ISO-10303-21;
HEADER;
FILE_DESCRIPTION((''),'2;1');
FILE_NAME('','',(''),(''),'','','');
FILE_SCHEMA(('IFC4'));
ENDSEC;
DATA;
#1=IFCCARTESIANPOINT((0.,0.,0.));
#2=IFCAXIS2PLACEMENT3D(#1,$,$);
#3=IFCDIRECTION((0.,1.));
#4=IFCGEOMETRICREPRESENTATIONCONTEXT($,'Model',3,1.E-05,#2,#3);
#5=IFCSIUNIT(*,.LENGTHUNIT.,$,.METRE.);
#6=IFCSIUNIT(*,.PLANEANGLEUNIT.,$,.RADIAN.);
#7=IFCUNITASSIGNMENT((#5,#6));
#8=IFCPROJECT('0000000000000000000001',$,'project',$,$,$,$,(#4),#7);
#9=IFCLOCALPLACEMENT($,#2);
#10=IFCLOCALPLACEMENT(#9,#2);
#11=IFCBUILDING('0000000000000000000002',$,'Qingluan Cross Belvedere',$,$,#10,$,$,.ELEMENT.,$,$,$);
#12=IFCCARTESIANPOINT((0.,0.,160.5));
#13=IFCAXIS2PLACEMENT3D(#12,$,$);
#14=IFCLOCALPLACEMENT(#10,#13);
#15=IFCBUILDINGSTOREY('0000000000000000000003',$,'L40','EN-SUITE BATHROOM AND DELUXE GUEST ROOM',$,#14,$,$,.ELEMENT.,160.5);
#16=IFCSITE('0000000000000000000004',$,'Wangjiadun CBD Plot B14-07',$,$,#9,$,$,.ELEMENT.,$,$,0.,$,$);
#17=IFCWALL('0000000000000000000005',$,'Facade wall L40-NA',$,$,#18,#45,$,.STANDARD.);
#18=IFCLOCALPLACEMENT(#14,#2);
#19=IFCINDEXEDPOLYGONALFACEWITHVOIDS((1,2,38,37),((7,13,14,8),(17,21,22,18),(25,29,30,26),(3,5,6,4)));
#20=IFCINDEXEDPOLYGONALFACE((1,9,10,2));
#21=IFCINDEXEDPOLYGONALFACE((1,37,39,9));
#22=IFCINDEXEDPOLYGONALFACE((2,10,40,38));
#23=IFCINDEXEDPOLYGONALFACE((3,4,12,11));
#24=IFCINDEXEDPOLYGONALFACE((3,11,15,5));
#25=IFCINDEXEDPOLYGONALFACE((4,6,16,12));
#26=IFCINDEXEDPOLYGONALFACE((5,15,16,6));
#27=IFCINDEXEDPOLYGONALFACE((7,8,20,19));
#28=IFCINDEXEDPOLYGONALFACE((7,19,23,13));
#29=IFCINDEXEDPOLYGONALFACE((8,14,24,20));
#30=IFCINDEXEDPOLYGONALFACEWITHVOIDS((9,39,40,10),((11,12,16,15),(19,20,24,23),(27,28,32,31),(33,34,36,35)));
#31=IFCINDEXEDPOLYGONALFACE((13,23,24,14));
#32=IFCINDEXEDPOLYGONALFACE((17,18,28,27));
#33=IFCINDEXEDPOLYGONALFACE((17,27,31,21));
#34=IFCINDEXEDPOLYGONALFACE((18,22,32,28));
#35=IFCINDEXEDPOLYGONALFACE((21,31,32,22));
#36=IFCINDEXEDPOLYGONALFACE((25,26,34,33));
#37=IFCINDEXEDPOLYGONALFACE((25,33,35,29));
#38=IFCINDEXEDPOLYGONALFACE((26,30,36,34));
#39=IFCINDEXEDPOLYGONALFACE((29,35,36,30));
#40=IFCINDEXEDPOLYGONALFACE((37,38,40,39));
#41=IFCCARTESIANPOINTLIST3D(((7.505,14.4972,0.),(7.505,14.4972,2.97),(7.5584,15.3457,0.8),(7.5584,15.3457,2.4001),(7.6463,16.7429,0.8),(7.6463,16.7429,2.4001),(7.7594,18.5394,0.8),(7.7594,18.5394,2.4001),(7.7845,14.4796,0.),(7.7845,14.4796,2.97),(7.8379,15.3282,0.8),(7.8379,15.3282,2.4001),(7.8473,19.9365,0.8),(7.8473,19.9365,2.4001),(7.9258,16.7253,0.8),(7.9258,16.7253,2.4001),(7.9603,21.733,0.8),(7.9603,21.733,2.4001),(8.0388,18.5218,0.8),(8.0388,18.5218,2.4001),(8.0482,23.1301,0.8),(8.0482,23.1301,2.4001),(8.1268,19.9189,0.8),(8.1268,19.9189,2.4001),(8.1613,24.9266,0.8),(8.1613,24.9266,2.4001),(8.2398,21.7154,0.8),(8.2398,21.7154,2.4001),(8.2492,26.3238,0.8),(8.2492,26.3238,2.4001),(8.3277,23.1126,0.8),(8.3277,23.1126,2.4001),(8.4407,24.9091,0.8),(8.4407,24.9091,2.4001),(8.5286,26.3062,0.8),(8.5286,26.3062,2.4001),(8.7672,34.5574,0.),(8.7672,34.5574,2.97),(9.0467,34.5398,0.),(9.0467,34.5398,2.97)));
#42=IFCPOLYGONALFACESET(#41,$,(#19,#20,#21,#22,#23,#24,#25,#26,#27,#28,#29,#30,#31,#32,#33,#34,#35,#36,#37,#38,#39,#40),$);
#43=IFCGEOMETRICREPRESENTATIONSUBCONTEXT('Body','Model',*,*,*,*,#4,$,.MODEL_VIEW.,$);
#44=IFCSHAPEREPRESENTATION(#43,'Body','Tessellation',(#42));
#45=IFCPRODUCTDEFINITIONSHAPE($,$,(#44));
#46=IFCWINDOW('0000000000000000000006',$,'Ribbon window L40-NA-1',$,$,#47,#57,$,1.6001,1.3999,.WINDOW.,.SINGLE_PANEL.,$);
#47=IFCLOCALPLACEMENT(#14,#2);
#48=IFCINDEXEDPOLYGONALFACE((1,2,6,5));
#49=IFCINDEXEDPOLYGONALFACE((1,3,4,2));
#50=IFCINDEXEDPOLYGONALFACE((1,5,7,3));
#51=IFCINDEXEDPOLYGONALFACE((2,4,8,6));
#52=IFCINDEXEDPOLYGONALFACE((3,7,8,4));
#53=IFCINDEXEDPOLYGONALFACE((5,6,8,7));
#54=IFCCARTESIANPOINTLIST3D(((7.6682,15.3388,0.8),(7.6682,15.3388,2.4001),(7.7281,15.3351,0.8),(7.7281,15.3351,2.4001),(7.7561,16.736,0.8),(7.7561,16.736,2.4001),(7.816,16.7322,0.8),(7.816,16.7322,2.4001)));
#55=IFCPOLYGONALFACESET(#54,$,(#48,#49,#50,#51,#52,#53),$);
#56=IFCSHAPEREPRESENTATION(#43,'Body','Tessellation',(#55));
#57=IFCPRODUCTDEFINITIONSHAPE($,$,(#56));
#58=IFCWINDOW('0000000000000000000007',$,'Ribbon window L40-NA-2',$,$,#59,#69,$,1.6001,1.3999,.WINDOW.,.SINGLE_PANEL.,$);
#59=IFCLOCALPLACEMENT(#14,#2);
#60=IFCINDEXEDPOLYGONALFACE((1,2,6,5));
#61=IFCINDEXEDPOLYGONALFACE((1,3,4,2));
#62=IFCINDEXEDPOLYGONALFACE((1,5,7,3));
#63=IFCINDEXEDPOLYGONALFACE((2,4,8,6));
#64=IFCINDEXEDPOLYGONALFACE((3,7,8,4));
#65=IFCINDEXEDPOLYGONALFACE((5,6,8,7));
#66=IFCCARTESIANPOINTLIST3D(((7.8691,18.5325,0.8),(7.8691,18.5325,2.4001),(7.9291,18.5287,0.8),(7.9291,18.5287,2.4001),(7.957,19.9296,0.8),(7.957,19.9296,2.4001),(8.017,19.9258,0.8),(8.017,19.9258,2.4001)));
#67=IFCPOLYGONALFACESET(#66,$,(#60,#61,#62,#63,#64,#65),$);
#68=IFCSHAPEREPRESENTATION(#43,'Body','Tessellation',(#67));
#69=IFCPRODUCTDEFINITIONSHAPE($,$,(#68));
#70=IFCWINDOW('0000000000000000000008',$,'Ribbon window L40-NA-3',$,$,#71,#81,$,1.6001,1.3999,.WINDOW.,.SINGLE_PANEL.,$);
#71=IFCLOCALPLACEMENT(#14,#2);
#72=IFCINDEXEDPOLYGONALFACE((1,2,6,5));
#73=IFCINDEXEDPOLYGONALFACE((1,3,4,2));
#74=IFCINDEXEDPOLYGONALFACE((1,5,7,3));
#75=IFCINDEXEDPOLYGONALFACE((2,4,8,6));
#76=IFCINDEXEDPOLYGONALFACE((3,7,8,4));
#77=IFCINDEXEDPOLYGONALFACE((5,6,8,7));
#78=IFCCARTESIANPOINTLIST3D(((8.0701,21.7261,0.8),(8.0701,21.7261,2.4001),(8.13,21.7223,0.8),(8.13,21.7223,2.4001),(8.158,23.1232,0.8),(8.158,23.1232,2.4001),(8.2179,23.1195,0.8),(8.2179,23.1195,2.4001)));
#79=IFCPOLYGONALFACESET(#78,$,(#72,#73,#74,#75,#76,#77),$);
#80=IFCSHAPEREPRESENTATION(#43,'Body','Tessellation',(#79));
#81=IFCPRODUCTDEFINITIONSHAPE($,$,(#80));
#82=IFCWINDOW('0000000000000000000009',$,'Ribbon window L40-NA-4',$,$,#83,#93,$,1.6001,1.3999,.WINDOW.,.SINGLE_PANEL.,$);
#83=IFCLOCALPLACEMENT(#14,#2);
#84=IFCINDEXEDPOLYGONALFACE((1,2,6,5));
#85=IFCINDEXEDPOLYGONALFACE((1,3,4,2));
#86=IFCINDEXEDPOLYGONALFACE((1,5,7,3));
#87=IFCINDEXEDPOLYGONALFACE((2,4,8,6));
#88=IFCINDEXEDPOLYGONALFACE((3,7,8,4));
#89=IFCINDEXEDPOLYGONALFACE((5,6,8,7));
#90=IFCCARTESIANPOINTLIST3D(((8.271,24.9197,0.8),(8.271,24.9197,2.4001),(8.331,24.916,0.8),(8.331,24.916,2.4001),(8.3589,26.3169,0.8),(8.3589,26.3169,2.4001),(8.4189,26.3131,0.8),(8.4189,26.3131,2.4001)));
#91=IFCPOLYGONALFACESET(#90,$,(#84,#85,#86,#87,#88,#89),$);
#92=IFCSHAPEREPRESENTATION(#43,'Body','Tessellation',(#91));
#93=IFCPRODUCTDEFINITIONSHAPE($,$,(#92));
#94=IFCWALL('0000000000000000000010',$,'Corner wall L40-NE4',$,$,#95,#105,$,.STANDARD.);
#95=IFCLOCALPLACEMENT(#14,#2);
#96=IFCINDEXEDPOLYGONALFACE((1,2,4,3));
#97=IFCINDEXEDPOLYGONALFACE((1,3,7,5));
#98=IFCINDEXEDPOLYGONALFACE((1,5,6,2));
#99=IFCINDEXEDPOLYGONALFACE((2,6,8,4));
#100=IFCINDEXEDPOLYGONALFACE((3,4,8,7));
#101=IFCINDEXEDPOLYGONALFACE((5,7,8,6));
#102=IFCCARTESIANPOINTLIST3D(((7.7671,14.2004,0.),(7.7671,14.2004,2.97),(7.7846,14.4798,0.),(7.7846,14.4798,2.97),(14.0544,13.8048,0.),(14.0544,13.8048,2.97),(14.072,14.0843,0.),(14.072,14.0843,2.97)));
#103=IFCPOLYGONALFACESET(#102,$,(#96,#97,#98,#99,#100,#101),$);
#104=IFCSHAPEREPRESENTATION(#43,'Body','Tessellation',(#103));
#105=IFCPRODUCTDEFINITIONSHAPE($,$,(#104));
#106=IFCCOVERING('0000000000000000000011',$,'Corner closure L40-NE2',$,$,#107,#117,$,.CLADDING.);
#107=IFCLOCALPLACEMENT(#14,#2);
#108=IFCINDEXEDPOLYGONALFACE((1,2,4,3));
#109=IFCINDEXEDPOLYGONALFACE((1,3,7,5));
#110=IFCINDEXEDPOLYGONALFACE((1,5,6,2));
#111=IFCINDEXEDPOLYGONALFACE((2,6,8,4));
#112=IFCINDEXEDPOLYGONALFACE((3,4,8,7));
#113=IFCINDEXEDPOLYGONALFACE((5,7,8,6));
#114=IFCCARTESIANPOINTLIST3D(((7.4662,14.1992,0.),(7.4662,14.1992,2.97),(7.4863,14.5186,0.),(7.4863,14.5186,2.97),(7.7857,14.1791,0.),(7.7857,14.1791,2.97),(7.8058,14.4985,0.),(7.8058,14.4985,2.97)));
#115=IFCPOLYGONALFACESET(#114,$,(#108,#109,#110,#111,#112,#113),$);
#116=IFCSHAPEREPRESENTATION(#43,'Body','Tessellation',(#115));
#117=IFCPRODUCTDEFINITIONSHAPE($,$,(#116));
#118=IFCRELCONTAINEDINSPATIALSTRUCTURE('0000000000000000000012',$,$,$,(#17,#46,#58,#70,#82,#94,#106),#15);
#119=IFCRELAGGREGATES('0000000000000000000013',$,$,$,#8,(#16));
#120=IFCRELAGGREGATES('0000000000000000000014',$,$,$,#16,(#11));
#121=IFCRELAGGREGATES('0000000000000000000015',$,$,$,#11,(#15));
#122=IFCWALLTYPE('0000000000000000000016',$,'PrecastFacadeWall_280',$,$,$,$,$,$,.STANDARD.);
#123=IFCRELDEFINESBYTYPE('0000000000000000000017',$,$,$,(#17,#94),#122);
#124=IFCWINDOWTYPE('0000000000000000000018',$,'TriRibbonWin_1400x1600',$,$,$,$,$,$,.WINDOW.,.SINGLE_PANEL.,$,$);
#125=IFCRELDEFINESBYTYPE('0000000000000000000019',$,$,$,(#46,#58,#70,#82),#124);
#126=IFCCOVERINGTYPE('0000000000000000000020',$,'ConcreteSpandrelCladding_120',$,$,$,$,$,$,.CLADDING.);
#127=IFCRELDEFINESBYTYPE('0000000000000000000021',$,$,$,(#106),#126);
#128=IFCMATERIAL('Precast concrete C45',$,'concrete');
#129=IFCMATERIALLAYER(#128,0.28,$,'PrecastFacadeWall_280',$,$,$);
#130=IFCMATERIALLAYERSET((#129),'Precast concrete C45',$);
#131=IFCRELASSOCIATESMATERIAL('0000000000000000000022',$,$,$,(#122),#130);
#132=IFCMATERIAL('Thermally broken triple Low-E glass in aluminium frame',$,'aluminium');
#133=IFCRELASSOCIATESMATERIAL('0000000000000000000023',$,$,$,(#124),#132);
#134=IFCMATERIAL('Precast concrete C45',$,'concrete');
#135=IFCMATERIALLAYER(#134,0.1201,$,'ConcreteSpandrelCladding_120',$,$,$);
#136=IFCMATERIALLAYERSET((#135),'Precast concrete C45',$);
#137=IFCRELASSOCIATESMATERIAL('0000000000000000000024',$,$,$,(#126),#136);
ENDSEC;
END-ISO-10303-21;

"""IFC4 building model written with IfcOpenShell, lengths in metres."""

from ifc_helpers import new_model, si_unit, direction, frame, frame_2d, origin, origin_2d, place, context, subcontext, project, spatial, rectangle, extrude, material, layer, layer_set, type_object, element, fill, save


model = new_model("IFC4")

# Units and contexts
model_context = context("Model", 3, precision=1e-05, world=origin(), true_north=direction((0.0, 1.0)))
body_context = subcontext(model_context, "Body", "Model", "MODEL_VIEW")
ifc_project = project(units=[si_unit("LENGTHUNIT", "METRE"), si_unit("PLANEANGLEUNIT", "RADIAN")], contexts=[model_context])

# Site, building, storey
site_placement = place(None, origin())
site = spatial("IfcSite", under=ifc_project, at=site_placement, Name="Wangjiadun CBD Plot B14-07", CompositionType="ELEMENT", RefElevation=0.0)
building_placement = place(site_placement, origin())
building = spatial("IfcBuilding", under=site, at=building_placement, Name="Qingluan Cross Belvedere", CompositionType="ELEMENT")
storey_placement = place(building_placement, frame((0.0, 0.0, 160.5)))
storey = spatial("IfcBuildingStorey", under=building, at=storey_placement, Name="L40", Description="EN-SUITE BATHROOM AND DELUXE GUEST ROOM", CompositionType="ELEMENT", Elevation=160.5)

# Wall, openings, windows
ifc_material_1 = material(Name="Precast concrete C45", Category="concrete")
ifc_layer_1 = layer(ifc_material_1, 0.28, Name="PrecastFacadeWall_280")
ifc_layer_set_1 = layer_set([ifc_layer_1], Name="Precast concrete C45")
wall_type = type_object("IfcWallType", Name="PrecastFacadeWall_280", PredefinedType="STANDARD", material=ifc_layer_set_1)
wall_1_placement = place(storey_placement, frame((7.6448, 14.4885, 0.0), z_axis=(0.0, 0.0, 1.0), x_axis=(0.062796, 0.998026, 0.0)))
wall_1 = element("IfcWall", 1, at=wall_1_placement, inside=storey, type_object=wall_type, Name="Facade wall L40-NA", PredefinedType="STANDARD", context=body_context, shape_type="SweptSolid", body=[
    extrude(rectangle(XDim=20.0999, YDim=0.28, at=frame_2d((10.0498, 0.0))), origin(), (0.0, 0.0, 1.0), 2.97),
])
opening_1_placement = place(wall_1_placement, frame((0.8501, 0.0, 0.8)))
opening_1 = element("IfcOpeningElement", 2, at=opening_1_placement, cuts=wall_1, PredefinedType="OPENING", context=body_context, shape_type="SweptSolid", body=[
    extrude(rectangle(XDim=1.3999, YDim=1.6001, at=frame_2d((0.7, 0.8))), frame((0.0, 0.1499, 0.0), z_axis=(0.0, -1.0, 0.0), x_axis=(1.0, 0.0, 0.0)), (0.0, 0.0, 1.0), 0.3),
])
opening_2_placement = place(wall_1_placement, frame((4.05, 0.0, 0.8)))
opening_2 = element("IfcOpeningElement", 3, at=opening_2_placement, cuts=wall_1, PredefinedType="OPENING", context=body_context, shape_type="SweptSolid", body=[
    extrude(rectangle(XDim=1.3999, YDim=1.6001, at=frame_2d((0.7, 0.8))), frame((0.0, 0.1499, 0.0), z_axis=(0.0, -1.0, 0.0), x_axis=(1.0, 0.0, 0.0)), (0.0, 0.0, 1.0), 0.3),
])
opening_3_placement = place(wall_1_placement, frame((7.25, 0.0, 0.8)))
opening_3 = element("IfcOpeningElement", 4, at=opening_3_placement, cuts=wall_1, PredefinedType="OPENING", context=body_context, shape_type="SweptSolid", body=[
    extrude(rectangle(XDim=1.3999, YDim=1.6001, at=frame_2d((0.7, 0.8))), frame((0.0, 0.1499, 0.0), z_axis=(0.0, -1.0, 0.0), x_axis=(1.0, 0.0, 0.0)), (0.0, 0.0, 1.0), 0.3),
])
opening_4_placement = place(wall_1_placement, frame((10.45, 0.0, 0.8)))
opening_4 = element("IfcOpeningElement", 5, at=opening_4_placement, cuts=wall_1, PredefinedType="OPENING", context=body_context, shape_type="SweptSolid", body=[
    extrude(rectangle(XDim=1.3999, YDim=1.6001, at=frame_2d((0.7, 0.8))), frame((0.0, 0.1499, 0.0), z_axis=(0.0, -1.0, 0.0), x_axis=(1.0, 0.0, 0.0)), (0.0, 0.0, 1.0), 0.3),
])
ifc_material_2 = material(Name="Thermally broken triple Low-E glass in aluminium frame", Category="aluminium")
window_type = type_object("IfcWindowType", Name="TriRibbonWin_1400x1600", PartitioningType="SINGLE_PANEL", PredefinedType="WINDOW", material=ifc_material_2)
window_1_placement = place(opening_1_placement, origin())
window_1 = element("IfcWindow", 6, at=window_1_placement, inside=storey, type_object=window_type, Name="Ribbon window L40-NA-1", OverallHeight=1.6001, OverallWidth=1.3999, PartitioningType="SINGLE_PANEL", PredefinedType="WINDOW", context=body_context, shape_type="SweptSolid", body=[
    extrude(rectangle(XDim=1.3999, YDim=1.6001, at=frame_2d((0.7, 0.8))), frame((0.0, 0.03, 0.0), z_axis=(0.0, -1.0, 0.0), x_axis=(1.0, 0.0, 0.0)), (0.0, 0.0, 1.0), 0.0601),
])
fill(opening_1, window_1)
window_2_placement = place(opening_2_placement, origin())
window_2 = element("IfcWindow", 7, at=window_2_placement, inside=storey, type_object=window_type, Name="Ribbon window L40-NA-2", OverallHeight=1.6001, OverallWidth=1.3999, PartitioningType="SINGLE_PANEL", PredefinedType="WINDOW", context=body_context, shape_type="SweptSolid", body=[
    extrude(rectangle(XDim=1.3999, YDim=1.6001, at=frame_2d((0.7, 0.8))), frame((0.0, 0.03, 0.0), z_axis=(0.0, -1.0, 0.0), x_axis=(1.0, 0.0, 0.0)), (0.0, 0.0, 1.0), 0.0601),
])
fill(opening_2, window_2)
window_3_placement = place(opening_3_placement, origin())
window_3 = element("IfcWindow", 8, at=window_3_placement, inside=storey, type_object=window_type, Name="Ribbon window L40-NA-3", OverallHeight=1.6001, OverallWidth=1.3999, PartitioningType="SINGLE_PANEL", PredefinedType="WINDOW", context=body_context, shape_type="SweptSolid", body=[
    extrude(rectangle(XDim=1.3999, YDim=1.6001, at=frame_2d((0.7, 0.8))), frame((0.0, 0.03, 0.0), z_axis=(0.0, -1.0, 0.0), x_axis=(1.0, 0.0, 0.0)), (0.0, 0.0, 1.0), 0.0601),
])
fill(opening_3, window_3)
window_4_placement = place(opening_4_placement, origin())
window_4 = element("IfcWindow", 9, at=window_4_placement, inside=storey, type_object=window_type, Name="Ribbon window L40-NA-4", OverallHeight=1.6001, OverallWidth=1.3999, PartitioningType="SINGLE_PANEL", PredefinedType="WINDOW", context=body_context, shape_type="SweptSolid", body=[
    extrude(rectangle(XDim=1.3999, YDim=1.6001, at=frame_2d((0.7, 0.8))), frame((0.0, 0.03, 0.0), z_axis=(0.0, -1.0, 0.0), x_axis=(1.0, 0.0, 0.0)), (0.0, 0.0, 1.0), 0.0601),
])
fill(opening_4, window_4)

# Wall
wall_2_placement = place(storey_placement, frame((14.0632, 13.9446, 0.0), z_axis=(0.0, 0.0, 1.0), x_axis=(-0.998027, 0.062781, 0.0)))
element("IfcWall", 10, at=wall_2_placement, inside=storey, type_object=wall_type, Name="Corner wall L40-NE4", PredefinedType="STANDARD", context=body_context, shape_type="SweptSolid", body=[
    extrude(rectangle(XDim=6.2998, YDim=0.28, at=frame_2d((3.1499, 0.0))), origin(), (0.0, 0.0, 1.0), 2.97),
])

# Covering
ifc_material_3 = material(Name="Precast concrete C45", Category="concrete")
ifc_layer_2 = layer(ifc_material_3, 0.1201, Name="ConcreteSpandrelCladding_120")
ifc_layer_set_2 = layer_set([ifc_layer_2], Name="Precast concrete C45")
covering_type = type_object("IfcCoveringType", Name="ConcreteSpandrelCladding_120", PredefinedType="CLADDING", material=ifc_layer_set_2)
covering_placement = place(storey_placement, frame((7.636, 14.3489, 0.0), z_axis=(0.0, 0.0, 1.0), x_axis=(0.998027, -0.062791, 0.0)))
element("IfcCovering", 11, at=covering_placement, inside=storey, type_object=covering_type, Name="Corner closure L40-NE2", PredefinedType="CLADDING", context=body_context, shape_type="SweptSolid", body=[
    extrude(rectangle(XDim=0.3201, YDim=0.3201, at=origin_2d()), origin(), (0.0, 0.0, 1.0), 2.97),
])

save(model, "model.ifc")
